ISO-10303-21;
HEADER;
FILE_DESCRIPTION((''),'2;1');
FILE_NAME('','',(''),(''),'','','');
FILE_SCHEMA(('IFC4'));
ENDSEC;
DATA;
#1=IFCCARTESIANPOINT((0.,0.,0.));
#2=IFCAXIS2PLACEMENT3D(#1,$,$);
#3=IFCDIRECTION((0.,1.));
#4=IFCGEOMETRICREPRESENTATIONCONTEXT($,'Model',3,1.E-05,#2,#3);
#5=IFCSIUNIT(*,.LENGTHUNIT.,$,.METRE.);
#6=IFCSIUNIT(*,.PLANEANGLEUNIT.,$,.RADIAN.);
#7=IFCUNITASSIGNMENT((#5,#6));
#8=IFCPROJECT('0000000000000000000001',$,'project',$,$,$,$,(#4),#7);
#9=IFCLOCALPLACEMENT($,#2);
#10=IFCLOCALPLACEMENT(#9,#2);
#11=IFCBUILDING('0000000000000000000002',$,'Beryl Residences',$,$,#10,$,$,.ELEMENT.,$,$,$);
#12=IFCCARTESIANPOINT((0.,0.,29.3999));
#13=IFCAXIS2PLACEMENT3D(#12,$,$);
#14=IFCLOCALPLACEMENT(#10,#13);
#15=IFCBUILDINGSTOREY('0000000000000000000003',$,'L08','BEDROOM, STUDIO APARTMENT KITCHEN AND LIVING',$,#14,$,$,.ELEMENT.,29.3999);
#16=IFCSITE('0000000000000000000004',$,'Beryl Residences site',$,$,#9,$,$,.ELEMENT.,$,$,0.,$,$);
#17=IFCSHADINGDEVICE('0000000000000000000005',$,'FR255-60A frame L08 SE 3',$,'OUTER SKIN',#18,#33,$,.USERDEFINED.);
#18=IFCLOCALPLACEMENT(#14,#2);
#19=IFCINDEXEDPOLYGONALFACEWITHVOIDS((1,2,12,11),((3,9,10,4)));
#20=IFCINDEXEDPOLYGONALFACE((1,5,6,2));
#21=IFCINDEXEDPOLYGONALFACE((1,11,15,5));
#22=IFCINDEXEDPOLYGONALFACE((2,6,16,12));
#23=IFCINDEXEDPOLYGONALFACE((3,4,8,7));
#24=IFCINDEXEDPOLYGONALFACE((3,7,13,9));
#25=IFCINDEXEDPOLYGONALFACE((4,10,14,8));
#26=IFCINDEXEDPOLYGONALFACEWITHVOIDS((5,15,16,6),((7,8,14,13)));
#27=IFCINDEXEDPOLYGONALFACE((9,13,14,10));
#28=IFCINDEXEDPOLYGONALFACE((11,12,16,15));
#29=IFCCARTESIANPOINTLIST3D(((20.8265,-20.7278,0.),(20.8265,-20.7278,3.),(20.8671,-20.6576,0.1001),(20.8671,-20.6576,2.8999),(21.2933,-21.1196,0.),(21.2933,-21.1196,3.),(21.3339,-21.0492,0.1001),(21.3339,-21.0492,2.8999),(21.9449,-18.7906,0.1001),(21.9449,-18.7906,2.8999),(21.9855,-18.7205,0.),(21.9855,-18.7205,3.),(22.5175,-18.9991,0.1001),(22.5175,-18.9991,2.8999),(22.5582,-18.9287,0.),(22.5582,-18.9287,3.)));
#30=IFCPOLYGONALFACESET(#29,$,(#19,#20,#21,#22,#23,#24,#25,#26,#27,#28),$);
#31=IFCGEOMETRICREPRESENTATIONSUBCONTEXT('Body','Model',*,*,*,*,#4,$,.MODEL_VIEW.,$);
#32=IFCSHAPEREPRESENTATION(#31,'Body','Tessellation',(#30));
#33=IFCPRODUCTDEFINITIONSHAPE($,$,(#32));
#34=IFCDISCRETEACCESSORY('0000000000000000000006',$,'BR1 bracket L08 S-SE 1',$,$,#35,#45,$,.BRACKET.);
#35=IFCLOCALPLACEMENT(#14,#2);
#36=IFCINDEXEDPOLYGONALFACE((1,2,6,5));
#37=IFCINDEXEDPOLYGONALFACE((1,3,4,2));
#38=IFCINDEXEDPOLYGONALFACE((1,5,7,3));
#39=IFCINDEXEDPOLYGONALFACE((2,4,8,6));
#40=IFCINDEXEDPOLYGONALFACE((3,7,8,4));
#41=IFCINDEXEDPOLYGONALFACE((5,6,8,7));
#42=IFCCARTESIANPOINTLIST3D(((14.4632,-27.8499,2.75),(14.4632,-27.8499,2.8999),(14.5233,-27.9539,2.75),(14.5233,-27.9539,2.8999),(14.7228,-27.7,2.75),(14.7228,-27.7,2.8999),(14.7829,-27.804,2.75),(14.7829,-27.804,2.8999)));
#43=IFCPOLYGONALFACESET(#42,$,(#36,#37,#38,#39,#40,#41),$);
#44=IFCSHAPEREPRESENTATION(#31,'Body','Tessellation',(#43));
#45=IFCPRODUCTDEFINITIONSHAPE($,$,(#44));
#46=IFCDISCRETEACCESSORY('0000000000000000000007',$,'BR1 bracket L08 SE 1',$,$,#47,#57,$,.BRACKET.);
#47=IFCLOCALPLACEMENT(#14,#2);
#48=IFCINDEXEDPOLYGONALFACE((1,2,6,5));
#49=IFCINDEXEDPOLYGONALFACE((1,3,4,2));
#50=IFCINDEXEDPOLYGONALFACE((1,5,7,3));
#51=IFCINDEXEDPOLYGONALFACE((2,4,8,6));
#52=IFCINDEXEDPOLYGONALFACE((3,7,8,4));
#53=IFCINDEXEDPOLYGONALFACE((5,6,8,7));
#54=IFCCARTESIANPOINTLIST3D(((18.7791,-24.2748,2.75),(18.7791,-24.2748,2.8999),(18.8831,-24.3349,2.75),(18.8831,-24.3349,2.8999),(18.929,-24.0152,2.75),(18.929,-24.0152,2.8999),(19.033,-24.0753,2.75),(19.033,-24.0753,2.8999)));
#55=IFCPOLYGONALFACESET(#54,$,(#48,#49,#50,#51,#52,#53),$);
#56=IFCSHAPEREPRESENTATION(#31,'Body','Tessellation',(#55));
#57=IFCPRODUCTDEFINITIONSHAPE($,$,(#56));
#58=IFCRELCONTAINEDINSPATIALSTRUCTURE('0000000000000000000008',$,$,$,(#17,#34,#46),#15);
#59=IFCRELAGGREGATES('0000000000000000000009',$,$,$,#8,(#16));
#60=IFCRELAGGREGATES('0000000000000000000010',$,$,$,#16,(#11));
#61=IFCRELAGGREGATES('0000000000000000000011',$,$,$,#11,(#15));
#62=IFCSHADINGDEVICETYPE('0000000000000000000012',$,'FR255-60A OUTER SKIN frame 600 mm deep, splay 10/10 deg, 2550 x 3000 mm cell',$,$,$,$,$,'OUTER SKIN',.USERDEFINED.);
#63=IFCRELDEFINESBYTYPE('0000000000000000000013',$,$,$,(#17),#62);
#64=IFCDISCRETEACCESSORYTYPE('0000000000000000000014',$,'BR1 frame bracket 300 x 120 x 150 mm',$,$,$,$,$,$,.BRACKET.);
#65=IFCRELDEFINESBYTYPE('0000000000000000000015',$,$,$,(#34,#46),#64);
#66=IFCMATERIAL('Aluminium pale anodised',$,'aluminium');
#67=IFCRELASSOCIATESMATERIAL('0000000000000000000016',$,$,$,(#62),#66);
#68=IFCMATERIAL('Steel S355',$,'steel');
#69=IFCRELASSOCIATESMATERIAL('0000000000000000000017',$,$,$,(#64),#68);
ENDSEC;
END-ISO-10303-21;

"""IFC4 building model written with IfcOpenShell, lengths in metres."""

from ifc_helpers import new_model, entity, si_unit, direction, frame, origin, place, context, subcontext, project, spatial, polyline, outline, extrude, source, transform, mapped, material, type_object, type_shapes, element, save


model = new_model("IFC4")

# Units and contexts
model_context = context("Model", 3, precision=1e-05, world=origin(), true_north=direction((0.0, 1.0)))
body_context = subcontext(model_context, "Body", "Model", "MODEL_VIEW")
ifc_project = project(units=[si_unit("LENGTHUNIT", "METRE"), si_unit("PLANEANGLEUNIT", "RADIAN")], contexts=[model_context])

# Site, building, storey
site_placement = place(None, origin())
site = spatial("IfcSite", under=ifc_project, at=site_placement, Name="Beryl Residences site", CompositionType="ELEMENT", RefElevation=0.0)
building_placement = place(site_placement, origin())
building = spatial("IfcBuilding", under=site, at=building_placement, Name="Beryl Residences", CompositionType="ELEMENT")
storey_placement = place(building_placement, frame((0.0, 0.0, 29.3999)))
storey = spatial("IfcBuildingStorey", under=building, at=storey_placement, Name="L08", Description="BEDROOM, STUDIO APARTMENT KITCHEN AND LIVING", CompositionType="ELEMENT", Elevation=29.3999)

# Shading device
ifc_material_1 = material(Name="Aluminium pale anodised", Category="aluminium")
shading_device_type_1 = type_object("IfcShadingDeviceType", Name="FR255-60A OUTER SKIN frame 600 mm deep, splay 10/10 deg, 2550 x 3000 mm cell", ElementType="OUTER SKIN", PredefinedType="USERDEFINED", material=ifc_material_1)
cartesian_point_1 = entity("IfcCartesianPoint", [-1.1589, 0.0])
cartesian_point_2 = entity("IfcCartesianPoint", [-1.0779, 0.1001])
cartesian_point_3 = entity("IfcCartesianPoint", [-1.2649, 0.0])
cartesian_point_4 = entity("IfcCartesianPoint", [-1.1836, 0.1001])
shared_shape_1 = source(origin(), body_context, "Body", "SweptSolid", [
    entity("IfcExtrudedAreaSolidTapered", entity("IfcArbitraryProfileDefWithVoids", "AREA", None, entity("IfcPolyline", [cartesian_point_1, entity("IfcCartesianPoint", [1.1589, 0.0]), entity("IfcCartesianPoint", [1.1589, 3.0]), entity("IfcCartesianPoint", [-1.1589, 3.0]), cartesian_point_1]), [entity("IfcPolyline", [cartesian_point_2, entity("IfcCartesianPoint", [1.0779, 0.1001]), entity("IfcCartesianPoint", [1.0779, 2.8999]), entity("IfcCartesianPoint", [-1.0779, 2.8999]), cartesian_point_2])]), entity("IfcAxis2Placement3D", entity("IfcCartesianPoint", [0.0, 0.0, 0.0]), entity("IfcDirection", [0.0, 1.0, 0.0]), entity("IfcDirection", [-1.0, 0.0, 0.0])), entity("IfcDirection", [0.0, 0.0, 1.0]), 0.6001, entity("IfcArbitraryProfileDefWithVoids", "AREA", None, entity("IfcPolyline", [cartesian_point_3, entity("IfcCartesianPoint", [1.2649, 0.0]), entity("IfcCartesianPoint", [1.2649, 3.0]), entity("IfcCartesianPoint", [-1.2649, 3.0]), cartesian_point_3]), [entity("IfcPolyline", [cartesian_point_4, entity("IfcCartesianPoint", [1.1836, 0.1001]), entity("IfcCartesianPoint", [1.1836, 2.8999]), entity("IfcCartesianPoint", [-1.1836, 2.8999]), cartesian_point_4])])),
])
type_shapes(shading_device_type_1, [shared_shape_1])
for number, where, z_axis, x_axis, name in (
    (1, (21.406, -19.7241, 0.0), (0.0, 0.0, 1.0), (-0.5, -0.866025, 0.0), "FR255-60A frame L08 SE 3"),
):
    element("IfcShadingDevice", number, at=place(storey_placement, frame(where, z_axis=z_axis, x_axis=x_axis)), inside=storey, type_object=shading_device_type_1, Name=name, ObjectType="OUTER SKIN", PredefinedType="USERDEFINED", context=body_context, shape_type="MappedRepresentation", body=[
        mapped(shared_shape_1, transform((0.0, 0.0, 0.0))),
    ])

# Discrete accessories
ifc_material_2 = material(Name="Steel S355", Category="steel")
discrete_accessory_type = type_object("IfcDiscreteAccessoryType", Name="BR1 frame bracket 300 x 120 x 150 mm", PredefinedType="BRACKET", material=ifc_material_2)
shared_shape_2 = source(origin(), body_context, "Body", "SweptSolid", [
    extrude(outline(polyline([(-0.1499, 0.0), (0.1499, 0.0), (0.1499, 0.1201), (-0.1499, 0.1201), (-0.1499, 0.0)])), origin(), (0.0, 0.0, 1.0), 0.1499),
])
type_shapes(discrete_accessory_type, [shared_shape_2])
for number, where, z_axis, x_axis, name in (
    (2, (14.593, -27.7749, 2.75), (0.0, 0.0, 1.0), (-0.866025, -0.5, 0.0), "BR1 bracket L08 S-SE 1"),
    (3, (18.854, -24.145, 2.75), (0.0, 0.0, 1.0), (-0.5, -0.866025, 0.0), "BR1 bracket L08 SE 1"),
):
    element("IfcDiscreteAccessory", number, at=place(storey_placement, frame(where, z_axis=z_axis, x_axis=x_axis)), inside=storey, type_object=discrete_accessory_type, Name=name, PredefinedType="BRACKET", context=body_context, shape_type="MappedRepresentation", body=[
        mapped(shared_shape_2, transform((0.0, 0.0, 0.0))),
    ])

save(model, "model.ifc")
